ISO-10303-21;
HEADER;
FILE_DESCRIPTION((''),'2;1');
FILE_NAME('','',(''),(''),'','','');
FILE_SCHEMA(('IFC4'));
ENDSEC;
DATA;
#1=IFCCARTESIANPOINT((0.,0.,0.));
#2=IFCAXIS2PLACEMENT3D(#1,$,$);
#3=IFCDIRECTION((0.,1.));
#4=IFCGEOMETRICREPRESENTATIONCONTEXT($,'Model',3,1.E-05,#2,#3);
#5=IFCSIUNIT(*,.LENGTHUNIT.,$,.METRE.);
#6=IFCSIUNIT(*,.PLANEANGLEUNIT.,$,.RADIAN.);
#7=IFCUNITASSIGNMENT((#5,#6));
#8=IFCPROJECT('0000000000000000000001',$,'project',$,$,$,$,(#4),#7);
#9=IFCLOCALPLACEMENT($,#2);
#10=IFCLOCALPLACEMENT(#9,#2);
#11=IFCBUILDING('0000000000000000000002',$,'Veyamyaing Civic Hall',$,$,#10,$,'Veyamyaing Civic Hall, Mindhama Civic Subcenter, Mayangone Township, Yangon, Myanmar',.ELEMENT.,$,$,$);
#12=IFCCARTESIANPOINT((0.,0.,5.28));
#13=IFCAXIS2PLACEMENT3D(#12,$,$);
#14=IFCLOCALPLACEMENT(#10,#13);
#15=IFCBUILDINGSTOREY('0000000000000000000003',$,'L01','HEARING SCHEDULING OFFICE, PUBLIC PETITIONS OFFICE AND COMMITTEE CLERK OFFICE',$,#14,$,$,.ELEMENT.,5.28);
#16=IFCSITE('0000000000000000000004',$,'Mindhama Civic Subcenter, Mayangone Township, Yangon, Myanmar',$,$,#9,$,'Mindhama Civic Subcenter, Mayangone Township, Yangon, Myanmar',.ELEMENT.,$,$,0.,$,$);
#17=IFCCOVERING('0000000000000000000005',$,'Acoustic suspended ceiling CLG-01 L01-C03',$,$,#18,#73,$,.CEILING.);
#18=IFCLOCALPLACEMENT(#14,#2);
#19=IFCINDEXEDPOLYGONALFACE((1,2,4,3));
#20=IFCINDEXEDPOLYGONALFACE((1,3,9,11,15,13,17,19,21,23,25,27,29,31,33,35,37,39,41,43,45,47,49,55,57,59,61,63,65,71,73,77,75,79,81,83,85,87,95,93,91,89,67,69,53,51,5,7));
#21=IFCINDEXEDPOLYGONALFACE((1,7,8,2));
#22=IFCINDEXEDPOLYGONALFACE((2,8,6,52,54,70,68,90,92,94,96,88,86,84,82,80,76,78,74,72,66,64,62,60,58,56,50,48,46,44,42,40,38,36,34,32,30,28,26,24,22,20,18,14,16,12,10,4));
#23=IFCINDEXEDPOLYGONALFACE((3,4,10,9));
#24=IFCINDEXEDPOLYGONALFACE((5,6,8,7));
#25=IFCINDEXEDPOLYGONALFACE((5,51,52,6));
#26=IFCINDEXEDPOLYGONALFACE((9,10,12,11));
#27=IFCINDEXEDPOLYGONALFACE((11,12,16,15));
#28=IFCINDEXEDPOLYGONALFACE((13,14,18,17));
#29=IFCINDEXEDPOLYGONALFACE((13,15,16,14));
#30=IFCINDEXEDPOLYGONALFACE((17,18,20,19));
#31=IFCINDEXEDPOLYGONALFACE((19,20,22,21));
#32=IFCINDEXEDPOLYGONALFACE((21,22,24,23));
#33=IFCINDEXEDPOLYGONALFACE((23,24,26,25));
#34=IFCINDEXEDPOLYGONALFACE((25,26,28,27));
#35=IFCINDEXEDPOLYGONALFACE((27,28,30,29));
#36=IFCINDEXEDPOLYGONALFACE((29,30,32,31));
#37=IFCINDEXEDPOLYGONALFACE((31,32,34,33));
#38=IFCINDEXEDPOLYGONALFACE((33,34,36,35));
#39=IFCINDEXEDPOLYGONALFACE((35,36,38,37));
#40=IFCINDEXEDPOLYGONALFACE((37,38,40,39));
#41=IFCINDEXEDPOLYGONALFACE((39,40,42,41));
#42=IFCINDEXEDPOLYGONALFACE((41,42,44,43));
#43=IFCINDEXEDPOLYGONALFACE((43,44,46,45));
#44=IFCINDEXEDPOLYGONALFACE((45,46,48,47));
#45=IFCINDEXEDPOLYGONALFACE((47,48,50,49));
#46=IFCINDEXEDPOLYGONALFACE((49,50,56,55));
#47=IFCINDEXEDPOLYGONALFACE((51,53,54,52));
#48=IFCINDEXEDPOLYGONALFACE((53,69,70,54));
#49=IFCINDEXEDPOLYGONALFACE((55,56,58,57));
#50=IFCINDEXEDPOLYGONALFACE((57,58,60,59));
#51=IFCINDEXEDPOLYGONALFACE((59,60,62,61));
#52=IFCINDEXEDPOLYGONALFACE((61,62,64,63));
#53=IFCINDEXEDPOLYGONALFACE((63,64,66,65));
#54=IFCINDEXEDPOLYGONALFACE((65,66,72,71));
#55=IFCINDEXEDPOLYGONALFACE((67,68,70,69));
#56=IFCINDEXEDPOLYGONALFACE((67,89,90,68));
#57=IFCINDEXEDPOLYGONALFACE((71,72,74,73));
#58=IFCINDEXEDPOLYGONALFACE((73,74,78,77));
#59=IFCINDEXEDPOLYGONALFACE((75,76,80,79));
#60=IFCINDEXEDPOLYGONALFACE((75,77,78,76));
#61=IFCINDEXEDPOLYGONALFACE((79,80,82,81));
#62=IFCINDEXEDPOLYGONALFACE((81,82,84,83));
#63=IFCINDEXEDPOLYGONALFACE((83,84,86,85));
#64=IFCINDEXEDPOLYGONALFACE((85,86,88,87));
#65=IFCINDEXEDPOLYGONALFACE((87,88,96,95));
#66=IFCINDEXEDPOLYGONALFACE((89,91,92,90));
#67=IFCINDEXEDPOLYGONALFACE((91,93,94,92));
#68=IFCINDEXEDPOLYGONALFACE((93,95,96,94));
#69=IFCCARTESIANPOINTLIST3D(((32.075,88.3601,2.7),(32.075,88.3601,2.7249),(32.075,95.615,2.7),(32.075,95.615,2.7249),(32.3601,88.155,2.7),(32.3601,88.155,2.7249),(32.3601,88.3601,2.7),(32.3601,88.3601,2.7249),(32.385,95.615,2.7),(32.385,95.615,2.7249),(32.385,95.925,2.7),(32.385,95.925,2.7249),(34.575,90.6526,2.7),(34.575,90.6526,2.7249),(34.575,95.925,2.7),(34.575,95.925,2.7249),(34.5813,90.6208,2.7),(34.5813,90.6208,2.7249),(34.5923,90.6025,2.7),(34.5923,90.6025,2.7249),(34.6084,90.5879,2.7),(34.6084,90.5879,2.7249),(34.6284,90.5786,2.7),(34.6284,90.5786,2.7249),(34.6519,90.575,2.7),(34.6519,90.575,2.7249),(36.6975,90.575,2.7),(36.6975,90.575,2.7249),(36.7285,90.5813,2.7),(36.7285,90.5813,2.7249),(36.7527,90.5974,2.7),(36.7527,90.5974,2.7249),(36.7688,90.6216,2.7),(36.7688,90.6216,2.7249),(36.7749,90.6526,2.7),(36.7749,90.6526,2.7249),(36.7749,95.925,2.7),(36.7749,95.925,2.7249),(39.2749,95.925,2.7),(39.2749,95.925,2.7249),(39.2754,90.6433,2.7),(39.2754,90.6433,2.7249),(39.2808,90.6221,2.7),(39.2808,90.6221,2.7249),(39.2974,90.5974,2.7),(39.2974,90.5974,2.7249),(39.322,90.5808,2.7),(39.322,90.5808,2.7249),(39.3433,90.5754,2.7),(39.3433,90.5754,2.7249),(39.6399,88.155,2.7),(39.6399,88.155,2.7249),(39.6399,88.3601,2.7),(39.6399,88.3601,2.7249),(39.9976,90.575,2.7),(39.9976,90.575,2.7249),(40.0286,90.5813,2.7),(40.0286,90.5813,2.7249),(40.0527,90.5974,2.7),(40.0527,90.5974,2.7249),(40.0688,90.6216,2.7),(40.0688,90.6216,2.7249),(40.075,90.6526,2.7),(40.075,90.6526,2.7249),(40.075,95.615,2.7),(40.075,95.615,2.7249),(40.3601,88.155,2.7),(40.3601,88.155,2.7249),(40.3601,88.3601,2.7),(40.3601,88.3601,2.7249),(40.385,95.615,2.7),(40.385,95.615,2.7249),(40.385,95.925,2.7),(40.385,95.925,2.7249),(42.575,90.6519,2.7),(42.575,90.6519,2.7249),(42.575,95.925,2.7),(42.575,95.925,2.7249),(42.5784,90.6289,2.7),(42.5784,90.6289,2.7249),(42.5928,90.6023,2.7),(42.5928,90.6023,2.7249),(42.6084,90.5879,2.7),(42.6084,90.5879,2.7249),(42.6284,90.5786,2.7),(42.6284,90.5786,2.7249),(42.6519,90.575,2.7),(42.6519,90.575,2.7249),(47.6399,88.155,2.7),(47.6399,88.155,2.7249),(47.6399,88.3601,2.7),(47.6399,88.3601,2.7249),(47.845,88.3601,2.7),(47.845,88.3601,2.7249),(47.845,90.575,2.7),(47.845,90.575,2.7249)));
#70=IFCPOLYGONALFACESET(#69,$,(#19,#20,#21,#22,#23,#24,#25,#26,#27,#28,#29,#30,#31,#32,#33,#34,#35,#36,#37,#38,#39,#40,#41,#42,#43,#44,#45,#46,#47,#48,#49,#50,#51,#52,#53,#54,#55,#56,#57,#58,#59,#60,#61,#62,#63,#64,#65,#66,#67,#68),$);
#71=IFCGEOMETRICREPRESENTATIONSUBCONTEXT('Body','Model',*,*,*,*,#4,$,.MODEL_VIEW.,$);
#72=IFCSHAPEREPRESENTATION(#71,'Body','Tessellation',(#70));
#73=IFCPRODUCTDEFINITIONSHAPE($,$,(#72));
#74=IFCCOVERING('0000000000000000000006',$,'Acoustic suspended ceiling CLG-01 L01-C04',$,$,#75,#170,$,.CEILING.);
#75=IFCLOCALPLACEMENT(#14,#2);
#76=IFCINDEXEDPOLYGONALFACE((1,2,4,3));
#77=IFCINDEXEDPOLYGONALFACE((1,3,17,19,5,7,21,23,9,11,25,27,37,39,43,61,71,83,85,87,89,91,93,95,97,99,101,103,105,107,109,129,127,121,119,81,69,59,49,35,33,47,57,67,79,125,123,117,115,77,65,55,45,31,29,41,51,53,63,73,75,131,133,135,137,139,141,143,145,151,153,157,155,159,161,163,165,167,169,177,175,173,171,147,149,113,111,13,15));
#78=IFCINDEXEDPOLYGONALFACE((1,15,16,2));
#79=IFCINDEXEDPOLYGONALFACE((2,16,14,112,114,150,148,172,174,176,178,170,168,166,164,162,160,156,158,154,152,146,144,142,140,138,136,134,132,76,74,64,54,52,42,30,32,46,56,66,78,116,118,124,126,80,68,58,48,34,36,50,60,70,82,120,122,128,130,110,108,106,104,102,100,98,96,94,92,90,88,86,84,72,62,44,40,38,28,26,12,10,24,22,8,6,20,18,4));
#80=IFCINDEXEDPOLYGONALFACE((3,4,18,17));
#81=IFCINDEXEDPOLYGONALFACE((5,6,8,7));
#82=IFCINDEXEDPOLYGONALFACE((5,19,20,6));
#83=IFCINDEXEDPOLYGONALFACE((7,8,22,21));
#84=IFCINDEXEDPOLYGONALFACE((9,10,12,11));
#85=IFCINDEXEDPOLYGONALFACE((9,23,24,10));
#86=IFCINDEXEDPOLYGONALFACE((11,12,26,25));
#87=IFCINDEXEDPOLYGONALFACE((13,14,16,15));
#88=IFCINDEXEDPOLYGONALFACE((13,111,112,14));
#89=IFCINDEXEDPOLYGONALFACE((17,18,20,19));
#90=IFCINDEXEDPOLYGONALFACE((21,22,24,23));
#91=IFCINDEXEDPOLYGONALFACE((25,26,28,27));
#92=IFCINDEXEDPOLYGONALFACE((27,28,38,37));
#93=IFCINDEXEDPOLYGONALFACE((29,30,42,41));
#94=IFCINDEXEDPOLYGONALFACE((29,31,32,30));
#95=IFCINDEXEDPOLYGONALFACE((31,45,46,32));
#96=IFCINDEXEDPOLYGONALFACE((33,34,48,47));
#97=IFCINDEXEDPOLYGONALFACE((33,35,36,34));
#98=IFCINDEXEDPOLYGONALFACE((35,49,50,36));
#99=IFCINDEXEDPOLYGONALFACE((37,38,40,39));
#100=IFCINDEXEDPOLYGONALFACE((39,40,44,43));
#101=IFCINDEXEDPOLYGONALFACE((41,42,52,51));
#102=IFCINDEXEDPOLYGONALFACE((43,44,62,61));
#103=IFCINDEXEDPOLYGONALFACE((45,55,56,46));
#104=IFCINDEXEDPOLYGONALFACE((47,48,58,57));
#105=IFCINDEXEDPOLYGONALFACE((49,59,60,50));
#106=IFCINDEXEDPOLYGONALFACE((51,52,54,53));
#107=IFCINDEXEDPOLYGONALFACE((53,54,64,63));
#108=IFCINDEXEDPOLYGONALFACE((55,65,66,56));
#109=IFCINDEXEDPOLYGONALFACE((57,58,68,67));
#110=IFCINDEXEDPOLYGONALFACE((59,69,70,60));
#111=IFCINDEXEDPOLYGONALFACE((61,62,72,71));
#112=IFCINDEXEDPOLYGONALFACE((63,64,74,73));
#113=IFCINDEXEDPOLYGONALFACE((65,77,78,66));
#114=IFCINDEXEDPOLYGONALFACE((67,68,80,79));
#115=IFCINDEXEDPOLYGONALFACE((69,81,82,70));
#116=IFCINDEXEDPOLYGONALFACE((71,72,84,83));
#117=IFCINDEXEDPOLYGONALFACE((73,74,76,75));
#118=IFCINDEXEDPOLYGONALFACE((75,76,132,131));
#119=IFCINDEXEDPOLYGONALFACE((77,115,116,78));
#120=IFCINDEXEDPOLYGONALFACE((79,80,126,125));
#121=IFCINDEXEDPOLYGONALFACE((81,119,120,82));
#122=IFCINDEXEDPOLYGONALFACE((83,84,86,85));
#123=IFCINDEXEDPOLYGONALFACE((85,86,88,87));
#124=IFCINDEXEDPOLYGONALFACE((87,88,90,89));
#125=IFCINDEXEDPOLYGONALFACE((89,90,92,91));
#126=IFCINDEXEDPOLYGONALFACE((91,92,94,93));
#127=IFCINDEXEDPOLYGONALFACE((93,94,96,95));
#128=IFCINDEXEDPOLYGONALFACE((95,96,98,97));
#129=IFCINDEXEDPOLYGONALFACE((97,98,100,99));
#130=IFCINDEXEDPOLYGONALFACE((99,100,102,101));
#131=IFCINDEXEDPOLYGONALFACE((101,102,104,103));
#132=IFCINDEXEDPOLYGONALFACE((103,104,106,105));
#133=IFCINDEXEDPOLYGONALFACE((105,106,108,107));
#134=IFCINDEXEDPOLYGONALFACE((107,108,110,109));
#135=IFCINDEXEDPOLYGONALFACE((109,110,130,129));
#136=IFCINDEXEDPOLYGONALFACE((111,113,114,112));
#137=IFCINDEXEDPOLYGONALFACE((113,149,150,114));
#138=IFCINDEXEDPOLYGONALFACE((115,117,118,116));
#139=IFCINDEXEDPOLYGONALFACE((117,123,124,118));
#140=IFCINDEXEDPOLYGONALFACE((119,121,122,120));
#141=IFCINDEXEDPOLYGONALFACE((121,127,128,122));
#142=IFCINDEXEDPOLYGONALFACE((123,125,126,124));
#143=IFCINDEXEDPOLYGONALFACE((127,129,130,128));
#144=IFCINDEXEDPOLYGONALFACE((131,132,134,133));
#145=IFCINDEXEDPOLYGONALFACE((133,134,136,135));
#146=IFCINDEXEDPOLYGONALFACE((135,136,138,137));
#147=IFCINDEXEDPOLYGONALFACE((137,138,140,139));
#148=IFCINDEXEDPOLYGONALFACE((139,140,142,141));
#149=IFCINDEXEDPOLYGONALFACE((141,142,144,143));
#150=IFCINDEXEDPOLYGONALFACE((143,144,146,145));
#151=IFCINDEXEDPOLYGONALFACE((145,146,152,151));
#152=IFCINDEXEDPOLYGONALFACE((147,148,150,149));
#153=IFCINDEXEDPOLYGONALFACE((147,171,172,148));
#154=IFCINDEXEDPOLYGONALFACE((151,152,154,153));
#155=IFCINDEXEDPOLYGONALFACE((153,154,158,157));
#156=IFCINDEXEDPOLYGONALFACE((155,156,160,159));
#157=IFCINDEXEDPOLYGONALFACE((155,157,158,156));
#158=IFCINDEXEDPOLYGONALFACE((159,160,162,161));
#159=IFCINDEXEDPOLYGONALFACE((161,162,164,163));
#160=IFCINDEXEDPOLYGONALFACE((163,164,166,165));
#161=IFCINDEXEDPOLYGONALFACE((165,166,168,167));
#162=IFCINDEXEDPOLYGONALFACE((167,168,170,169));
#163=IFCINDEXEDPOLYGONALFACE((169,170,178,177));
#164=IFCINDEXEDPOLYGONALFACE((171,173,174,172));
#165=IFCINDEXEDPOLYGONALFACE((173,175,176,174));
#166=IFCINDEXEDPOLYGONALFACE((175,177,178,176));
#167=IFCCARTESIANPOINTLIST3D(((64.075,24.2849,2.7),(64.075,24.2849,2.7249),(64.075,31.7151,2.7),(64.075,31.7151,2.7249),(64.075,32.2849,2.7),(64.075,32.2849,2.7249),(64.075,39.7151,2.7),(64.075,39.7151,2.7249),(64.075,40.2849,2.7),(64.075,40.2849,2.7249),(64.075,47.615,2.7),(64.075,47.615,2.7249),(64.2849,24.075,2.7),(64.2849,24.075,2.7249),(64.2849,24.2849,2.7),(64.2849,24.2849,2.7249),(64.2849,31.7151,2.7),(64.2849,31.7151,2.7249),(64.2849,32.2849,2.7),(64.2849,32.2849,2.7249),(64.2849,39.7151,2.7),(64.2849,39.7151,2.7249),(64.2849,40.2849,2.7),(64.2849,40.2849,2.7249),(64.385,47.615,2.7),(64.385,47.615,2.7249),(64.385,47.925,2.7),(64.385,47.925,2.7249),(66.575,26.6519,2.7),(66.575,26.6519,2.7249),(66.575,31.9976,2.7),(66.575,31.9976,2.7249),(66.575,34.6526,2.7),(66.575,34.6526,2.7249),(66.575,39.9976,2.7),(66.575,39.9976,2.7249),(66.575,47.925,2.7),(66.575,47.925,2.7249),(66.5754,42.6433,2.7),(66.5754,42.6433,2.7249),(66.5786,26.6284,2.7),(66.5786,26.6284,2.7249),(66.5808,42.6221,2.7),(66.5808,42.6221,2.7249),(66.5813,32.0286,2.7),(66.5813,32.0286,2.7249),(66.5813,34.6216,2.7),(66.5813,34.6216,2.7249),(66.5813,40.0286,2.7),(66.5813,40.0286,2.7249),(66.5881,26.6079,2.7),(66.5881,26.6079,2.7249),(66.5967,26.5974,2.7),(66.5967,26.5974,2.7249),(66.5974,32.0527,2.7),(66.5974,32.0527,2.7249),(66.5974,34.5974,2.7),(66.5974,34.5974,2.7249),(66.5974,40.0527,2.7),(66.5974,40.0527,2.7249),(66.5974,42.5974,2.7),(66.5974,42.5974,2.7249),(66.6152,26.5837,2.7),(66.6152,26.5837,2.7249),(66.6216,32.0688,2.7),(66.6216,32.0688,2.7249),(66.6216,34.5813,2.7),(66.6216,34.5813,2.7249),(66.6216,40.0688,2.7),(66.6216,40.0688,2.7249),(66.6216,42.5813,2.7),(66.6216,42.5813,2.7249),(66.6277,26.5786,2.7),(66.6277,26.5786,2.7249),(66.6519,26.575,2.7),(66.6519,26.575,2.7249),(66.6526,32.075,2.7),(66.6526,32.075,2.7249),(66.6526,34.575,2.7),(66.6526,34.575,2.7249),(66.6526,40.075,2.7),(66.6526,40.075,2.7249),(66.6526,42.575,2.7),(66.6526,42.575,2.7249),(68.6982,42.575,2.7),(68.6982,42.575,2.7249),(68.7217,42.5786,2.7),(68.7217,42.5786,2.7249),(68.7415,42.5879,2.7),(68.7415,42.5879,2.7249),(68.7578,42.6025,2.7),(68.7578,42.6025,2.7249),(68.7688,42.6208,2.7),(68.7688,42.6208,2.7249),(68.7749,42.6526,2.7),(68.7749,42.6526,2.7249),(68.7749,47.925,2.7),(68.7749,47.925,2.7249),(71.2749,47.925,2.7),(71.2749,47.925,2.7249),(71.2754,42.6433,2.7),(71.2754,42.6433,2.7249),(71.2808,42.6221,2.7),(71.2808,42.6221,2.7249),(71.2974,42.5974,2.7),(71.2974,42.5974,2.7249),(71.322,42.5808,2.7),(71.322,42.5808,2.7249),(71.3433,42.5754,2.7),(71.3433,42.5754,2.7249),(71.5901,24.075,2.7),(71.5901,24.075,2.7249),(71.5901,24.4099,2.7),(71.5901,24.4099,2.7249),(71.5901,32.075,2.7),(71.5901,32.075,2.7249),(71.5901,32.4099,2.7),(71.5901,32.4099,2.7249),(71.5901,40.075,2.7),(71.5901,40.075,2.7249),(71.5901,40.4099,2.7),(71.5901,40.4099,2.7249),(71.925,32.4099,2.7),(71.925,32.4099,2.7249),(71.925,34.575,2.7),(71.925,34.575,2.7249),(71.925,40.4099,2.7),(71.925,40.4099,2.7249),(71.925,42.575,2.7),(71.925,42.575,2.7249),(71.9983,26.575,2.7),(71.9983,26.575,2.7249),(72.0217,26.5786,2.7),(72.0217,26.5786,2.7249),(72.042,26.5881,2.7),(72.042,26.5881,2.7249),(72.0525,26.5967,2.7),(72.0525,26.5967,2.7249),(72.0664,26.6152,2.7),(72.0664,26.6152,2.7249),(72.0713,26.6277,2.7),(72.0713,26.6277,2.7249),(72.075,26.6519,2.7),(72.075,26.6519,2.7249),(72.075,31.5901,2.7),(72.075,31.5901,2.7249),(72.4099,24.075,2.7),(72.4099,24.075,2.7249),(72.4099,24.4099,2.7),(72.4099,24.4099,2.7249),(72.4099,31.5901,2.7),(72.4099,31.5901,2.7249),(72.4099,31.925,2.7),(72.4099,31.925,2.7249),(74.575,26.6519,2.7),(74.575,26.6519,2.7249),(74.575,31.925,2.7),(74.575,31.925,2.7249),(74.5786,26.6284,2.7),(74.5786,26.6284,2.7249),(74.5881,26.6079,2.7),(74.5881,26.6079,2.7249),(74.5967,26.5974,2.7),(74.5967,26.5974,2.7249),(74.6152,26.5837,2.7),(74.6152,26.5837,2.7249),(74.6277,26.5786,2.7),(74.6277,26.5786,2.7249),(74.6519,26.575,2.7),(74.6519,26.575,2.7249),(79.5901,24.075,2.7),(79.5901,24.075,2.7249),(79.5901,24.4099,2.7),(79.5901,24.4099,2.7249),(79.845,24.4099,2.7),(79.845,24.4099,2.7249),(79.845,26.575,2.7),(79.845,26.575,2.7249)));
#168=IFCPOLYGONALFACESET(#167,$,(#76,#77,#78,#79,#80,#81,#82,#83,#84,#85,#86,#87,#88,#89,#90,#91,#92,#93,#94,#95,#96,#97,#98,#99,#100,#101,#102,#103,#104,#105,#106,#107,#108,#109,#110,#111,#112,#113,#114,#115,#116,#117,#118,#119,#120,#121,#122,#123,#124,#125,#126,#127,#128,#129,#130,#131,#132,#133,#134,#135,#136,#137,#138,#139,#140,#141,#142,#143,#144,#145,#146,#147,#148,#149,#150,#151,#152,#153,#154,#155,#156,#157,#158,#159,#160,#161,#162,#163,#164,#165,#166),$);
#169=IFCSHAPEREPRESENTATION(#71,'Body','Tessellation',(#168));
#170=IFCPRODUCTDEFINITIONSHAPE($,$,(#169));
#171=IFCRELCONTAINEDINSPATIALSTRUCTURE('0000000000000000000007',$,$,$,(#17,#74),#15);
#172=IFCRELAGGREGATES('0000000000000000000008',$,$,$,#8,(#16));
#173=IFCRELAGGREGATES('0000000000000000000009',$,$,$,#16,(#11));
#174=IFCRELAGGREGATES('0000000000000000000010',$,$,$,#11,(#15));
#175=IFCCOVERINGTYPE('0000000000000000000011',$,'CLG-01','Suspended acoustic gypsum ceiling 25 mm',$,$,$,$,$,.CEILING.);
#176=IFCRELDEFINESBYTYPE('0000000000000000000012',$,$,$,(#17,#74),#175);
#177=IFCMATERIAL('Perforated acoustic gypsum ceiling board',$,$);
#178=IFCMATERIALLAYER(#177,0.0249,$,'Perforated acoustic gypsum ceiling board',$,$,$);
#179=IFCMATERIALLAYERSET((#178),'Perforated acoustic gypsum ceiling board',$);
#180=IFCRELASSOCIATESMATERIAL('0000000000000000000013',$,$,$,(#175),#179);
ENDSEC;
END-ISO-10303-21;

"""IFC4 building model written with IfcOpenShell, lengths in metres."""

from ifc_helpers import new_model, si_unit, direction, frame, origin, place, context, subcontext, project, spatial, polyline, outline, extrude, material, layer, layer_set, type_object, element, save


model = new_model("IFC4")

# Units and contexts
model_context = context("Model", 3, precision=1e-05, world=origin(), true_north=direction((0.0, 1.0)))
body_context = subcontext(model_context, "Body", "Model", "MODEL_VIEW")
ifc_project = project(units=[si_unit("LENGTHUNIT", "METRE"), si_unit("PLANEANGLEUNIT", "RADIAN")], contexts=[model_context])

# Site, building, storey
site_placement = place(None, origin())
site = spatial("IfcSite", under=ifc_project, at=site_placement, Name="Mindhama Civic Subcenter, Mayangone Township, Yangon, Myanmar", LongName="Mindhama Civic Subcenter, Mayangone Township, Yangon, Myanmar", CompositionType="ELEMENT", RefElevation=0.0)
building_placement = place(site_placement, origin())
building = spatial("IfcBuilding", under=site, at=building_placement, Name="Veyamyaing Civic Hall", LongName="Veyamyaing Civic Hall, Mindhama Civic Subcenter, Mayangone Township, Yangon, Myanmar", CompositionType="ELEMENT")
storey_placement = place(building_placement, frame((0.0, 0.0, 5.28)))
storey = spatial("IfcBuildingStorey", under=building, at=storey_placement, Name="L01", Description="HEARING SCHEDULING OFFICE, PUBLIC PETITIONS OFFICE AND COMMITTEE CLERK OFFICE", CompositionType="ELEMENT", Elevation=5.28)

# Coverings
ifc_material_1 = material(Name="Perforated acoustic gypsum ceiling board")
ifc_layer_1 = layer(ifc_material_1, 0.0249, Name="Perforated acoustic gypsum ceiling board")
ifc_layer_set_1 = layer_set([ifc_layer_1], Name="Perforated acoustic gypsum ceiling board")
covering_type_1 = type_object("IfcCoveringType", Name="CLG-01", Description="Suspended acoustic gypsum ceiling 25 mm", PredefinedType="CEILING", material=ifc_layer_set_1)
covering_1_placement = place(storey_placement, frame((0.0, 0.0, 2.7)))
element("IfcCovering", 1, at=covering_1_placement, inside=storey, type_object=covering_type_1, Name="Acoustic suspended ceiling CLG-01 L01-C03", PredefinedType="CEILING", context=body_context, shape_type="SweptSolid", body=[
    extrude(outline(polyline([(42.5928, 90.6023), (42.6084, 90.5879), (42.6284, 90.5786), (42.6519, 90.575), (47.845, 90.575), (47.845, 88.3601), (47.6399, 88.3601), (47.6399, 88.155), (40.3601, 88.155), (40.3601, 88.3601), (39.6399, 88.3601), (39.6399, 88.155), (32.3601, 88.155), (32.3601, 88.3601), (32.075, 88.3601), (32.075, 95.615), (32.385, 95.615), (32.385, 95.925), (34.575, 95.925), (34.575, 90.6526), (34.5813, 90.6208), (34.5923, 90.6025), (34.6084, 90.5879), (34.6284, 90.5786), (34.6519, 90.575), (36.6975, 90.575), (36.7285, 90.5813), (36.7527, 90.5974), (36.7688, 90.6216), (36.7749, 90.6526), (36.7749, 95.925), (39.2749, 95.925), (39.2754, 90.6433), (39.2808, 90.6221), (39.2974, 90.5974), (39.322, 90.5808), (39.3433, 90.5754), (39.9976, 90.575), (40.0286, 90.5813), (40.0527, 90.5974), (40.0688, 90.6216), (40.075, 90.6526), (40.075, 95.615), (40.385, 95.615), (40.385, 95.925), (42.575, 95.925), (42.575, 90.6519), (42.5784, 90.6289), (42.5928, 90.6023)])), origin(), (0.0, 0.0, 1.0), 0.0249),
])
covering_2_placement = place(storey_placement, frame((0.0, 0.0, 2.7)))
element("IfcCovering", 2, at=covering_2_placement, inside=storey, type_object=covering_type_1, Name="Acoustic suspended ceiling CLG-01 L01-C04", PredefinedType="CEILING", context=body_context, shape_type="SweptSolid", body=[
    extrude(outline(polyline([(66.5808, 42.6221), (66.5974, 42.5974), (66.6216, 42.5813), (66.6526, 42.575), (68.6982, 42.575), (68.7217, 42.5786), (68.7415, 42.5879), (68.7578, 42.6025), (68.7688, 42.6208), (68.7749, 42.6526), (68.7749, 47.925), (71.2749, 47.925), (71.2754, 42.6433), (71.2808, 42.6221), (71.2974, 42.5974), (71.322, 42.5808), (71.3433, 42.5754), (71.925, 42.575), (71.925, 40.4099), (71.5901, 40.4099), (71.5901, 40.075), (66.6526, 40.075), (66.6216, 40.0688), (66.5974, 40.0527), (66.5813, 40.0286), (66.575, 39.9976), (66.575, 34.6526), (66.5813, 34.6216), (66.5974, 34.5974), (66.6216, 34.5813), (66.6526, 34.575), (71.925, 34.575), (71.925, 32.4099), (71.5901, 32.4099), (71.5901, 32.075), (66.6526, 32.075), (66.6216, 32.0688), (66.5974, 32.0527), (66.5813, 32.0286), (66.575, 31.9976), (66.575, 26.6519), (66.5786, 26.6284), (66.5881, 26.6079), (66.5967, 26.5974), (66.6152, 26.5837), (66.6277, 26.5786), (66.6519, 26.575), (71.9983, 26.575), (72.0217, 26.5786), (72.042, 26.5881), (72.0525, 26.5967), (72.0664, 26.6152), (72.0713, 26.6277), (72.075, 26.6519), (72.075, 31.5901), (72.4099, 31.5901), (72.4099, 31.925), (74.575, 31.925), (74.575, 26.6519), (74.5786, 26.6284), (74.5881, 26.6079), (74.5967, 26.5974), (74.6152, 26.5837), (74.6277, 26.5786), (74.6519, 26.575), (79.845, 26.575), (79.845, 24.4099), (79.5901, 24.4099), (79.5901, 24.075), (72.4099, 24.075), (72.4099, 24.4099), (71.5901, 24.4099), (71.5901, 24.075), (64.2849, 24.075), (64.2849, 24.2849), (64.075, 24.2849), (64.075, 31.7151), (64.2849, 31.7151), (64.2849, 32.2849), (64.075, 32.2849), (64.075, 39.7151), (64.2849, 39.7151), (64.2849, 40.2849), (64.075, 40.2849), (64.075, 47.615), (64.385, 47.615), (64.385, 47.925), (66.575, 47.925), (66.5754, 42.6433), (66.5808, 42.6221)])), origin(), (0.0, 0.0, 1.0), 0.0249),
])

save(model, "model.ifc")
